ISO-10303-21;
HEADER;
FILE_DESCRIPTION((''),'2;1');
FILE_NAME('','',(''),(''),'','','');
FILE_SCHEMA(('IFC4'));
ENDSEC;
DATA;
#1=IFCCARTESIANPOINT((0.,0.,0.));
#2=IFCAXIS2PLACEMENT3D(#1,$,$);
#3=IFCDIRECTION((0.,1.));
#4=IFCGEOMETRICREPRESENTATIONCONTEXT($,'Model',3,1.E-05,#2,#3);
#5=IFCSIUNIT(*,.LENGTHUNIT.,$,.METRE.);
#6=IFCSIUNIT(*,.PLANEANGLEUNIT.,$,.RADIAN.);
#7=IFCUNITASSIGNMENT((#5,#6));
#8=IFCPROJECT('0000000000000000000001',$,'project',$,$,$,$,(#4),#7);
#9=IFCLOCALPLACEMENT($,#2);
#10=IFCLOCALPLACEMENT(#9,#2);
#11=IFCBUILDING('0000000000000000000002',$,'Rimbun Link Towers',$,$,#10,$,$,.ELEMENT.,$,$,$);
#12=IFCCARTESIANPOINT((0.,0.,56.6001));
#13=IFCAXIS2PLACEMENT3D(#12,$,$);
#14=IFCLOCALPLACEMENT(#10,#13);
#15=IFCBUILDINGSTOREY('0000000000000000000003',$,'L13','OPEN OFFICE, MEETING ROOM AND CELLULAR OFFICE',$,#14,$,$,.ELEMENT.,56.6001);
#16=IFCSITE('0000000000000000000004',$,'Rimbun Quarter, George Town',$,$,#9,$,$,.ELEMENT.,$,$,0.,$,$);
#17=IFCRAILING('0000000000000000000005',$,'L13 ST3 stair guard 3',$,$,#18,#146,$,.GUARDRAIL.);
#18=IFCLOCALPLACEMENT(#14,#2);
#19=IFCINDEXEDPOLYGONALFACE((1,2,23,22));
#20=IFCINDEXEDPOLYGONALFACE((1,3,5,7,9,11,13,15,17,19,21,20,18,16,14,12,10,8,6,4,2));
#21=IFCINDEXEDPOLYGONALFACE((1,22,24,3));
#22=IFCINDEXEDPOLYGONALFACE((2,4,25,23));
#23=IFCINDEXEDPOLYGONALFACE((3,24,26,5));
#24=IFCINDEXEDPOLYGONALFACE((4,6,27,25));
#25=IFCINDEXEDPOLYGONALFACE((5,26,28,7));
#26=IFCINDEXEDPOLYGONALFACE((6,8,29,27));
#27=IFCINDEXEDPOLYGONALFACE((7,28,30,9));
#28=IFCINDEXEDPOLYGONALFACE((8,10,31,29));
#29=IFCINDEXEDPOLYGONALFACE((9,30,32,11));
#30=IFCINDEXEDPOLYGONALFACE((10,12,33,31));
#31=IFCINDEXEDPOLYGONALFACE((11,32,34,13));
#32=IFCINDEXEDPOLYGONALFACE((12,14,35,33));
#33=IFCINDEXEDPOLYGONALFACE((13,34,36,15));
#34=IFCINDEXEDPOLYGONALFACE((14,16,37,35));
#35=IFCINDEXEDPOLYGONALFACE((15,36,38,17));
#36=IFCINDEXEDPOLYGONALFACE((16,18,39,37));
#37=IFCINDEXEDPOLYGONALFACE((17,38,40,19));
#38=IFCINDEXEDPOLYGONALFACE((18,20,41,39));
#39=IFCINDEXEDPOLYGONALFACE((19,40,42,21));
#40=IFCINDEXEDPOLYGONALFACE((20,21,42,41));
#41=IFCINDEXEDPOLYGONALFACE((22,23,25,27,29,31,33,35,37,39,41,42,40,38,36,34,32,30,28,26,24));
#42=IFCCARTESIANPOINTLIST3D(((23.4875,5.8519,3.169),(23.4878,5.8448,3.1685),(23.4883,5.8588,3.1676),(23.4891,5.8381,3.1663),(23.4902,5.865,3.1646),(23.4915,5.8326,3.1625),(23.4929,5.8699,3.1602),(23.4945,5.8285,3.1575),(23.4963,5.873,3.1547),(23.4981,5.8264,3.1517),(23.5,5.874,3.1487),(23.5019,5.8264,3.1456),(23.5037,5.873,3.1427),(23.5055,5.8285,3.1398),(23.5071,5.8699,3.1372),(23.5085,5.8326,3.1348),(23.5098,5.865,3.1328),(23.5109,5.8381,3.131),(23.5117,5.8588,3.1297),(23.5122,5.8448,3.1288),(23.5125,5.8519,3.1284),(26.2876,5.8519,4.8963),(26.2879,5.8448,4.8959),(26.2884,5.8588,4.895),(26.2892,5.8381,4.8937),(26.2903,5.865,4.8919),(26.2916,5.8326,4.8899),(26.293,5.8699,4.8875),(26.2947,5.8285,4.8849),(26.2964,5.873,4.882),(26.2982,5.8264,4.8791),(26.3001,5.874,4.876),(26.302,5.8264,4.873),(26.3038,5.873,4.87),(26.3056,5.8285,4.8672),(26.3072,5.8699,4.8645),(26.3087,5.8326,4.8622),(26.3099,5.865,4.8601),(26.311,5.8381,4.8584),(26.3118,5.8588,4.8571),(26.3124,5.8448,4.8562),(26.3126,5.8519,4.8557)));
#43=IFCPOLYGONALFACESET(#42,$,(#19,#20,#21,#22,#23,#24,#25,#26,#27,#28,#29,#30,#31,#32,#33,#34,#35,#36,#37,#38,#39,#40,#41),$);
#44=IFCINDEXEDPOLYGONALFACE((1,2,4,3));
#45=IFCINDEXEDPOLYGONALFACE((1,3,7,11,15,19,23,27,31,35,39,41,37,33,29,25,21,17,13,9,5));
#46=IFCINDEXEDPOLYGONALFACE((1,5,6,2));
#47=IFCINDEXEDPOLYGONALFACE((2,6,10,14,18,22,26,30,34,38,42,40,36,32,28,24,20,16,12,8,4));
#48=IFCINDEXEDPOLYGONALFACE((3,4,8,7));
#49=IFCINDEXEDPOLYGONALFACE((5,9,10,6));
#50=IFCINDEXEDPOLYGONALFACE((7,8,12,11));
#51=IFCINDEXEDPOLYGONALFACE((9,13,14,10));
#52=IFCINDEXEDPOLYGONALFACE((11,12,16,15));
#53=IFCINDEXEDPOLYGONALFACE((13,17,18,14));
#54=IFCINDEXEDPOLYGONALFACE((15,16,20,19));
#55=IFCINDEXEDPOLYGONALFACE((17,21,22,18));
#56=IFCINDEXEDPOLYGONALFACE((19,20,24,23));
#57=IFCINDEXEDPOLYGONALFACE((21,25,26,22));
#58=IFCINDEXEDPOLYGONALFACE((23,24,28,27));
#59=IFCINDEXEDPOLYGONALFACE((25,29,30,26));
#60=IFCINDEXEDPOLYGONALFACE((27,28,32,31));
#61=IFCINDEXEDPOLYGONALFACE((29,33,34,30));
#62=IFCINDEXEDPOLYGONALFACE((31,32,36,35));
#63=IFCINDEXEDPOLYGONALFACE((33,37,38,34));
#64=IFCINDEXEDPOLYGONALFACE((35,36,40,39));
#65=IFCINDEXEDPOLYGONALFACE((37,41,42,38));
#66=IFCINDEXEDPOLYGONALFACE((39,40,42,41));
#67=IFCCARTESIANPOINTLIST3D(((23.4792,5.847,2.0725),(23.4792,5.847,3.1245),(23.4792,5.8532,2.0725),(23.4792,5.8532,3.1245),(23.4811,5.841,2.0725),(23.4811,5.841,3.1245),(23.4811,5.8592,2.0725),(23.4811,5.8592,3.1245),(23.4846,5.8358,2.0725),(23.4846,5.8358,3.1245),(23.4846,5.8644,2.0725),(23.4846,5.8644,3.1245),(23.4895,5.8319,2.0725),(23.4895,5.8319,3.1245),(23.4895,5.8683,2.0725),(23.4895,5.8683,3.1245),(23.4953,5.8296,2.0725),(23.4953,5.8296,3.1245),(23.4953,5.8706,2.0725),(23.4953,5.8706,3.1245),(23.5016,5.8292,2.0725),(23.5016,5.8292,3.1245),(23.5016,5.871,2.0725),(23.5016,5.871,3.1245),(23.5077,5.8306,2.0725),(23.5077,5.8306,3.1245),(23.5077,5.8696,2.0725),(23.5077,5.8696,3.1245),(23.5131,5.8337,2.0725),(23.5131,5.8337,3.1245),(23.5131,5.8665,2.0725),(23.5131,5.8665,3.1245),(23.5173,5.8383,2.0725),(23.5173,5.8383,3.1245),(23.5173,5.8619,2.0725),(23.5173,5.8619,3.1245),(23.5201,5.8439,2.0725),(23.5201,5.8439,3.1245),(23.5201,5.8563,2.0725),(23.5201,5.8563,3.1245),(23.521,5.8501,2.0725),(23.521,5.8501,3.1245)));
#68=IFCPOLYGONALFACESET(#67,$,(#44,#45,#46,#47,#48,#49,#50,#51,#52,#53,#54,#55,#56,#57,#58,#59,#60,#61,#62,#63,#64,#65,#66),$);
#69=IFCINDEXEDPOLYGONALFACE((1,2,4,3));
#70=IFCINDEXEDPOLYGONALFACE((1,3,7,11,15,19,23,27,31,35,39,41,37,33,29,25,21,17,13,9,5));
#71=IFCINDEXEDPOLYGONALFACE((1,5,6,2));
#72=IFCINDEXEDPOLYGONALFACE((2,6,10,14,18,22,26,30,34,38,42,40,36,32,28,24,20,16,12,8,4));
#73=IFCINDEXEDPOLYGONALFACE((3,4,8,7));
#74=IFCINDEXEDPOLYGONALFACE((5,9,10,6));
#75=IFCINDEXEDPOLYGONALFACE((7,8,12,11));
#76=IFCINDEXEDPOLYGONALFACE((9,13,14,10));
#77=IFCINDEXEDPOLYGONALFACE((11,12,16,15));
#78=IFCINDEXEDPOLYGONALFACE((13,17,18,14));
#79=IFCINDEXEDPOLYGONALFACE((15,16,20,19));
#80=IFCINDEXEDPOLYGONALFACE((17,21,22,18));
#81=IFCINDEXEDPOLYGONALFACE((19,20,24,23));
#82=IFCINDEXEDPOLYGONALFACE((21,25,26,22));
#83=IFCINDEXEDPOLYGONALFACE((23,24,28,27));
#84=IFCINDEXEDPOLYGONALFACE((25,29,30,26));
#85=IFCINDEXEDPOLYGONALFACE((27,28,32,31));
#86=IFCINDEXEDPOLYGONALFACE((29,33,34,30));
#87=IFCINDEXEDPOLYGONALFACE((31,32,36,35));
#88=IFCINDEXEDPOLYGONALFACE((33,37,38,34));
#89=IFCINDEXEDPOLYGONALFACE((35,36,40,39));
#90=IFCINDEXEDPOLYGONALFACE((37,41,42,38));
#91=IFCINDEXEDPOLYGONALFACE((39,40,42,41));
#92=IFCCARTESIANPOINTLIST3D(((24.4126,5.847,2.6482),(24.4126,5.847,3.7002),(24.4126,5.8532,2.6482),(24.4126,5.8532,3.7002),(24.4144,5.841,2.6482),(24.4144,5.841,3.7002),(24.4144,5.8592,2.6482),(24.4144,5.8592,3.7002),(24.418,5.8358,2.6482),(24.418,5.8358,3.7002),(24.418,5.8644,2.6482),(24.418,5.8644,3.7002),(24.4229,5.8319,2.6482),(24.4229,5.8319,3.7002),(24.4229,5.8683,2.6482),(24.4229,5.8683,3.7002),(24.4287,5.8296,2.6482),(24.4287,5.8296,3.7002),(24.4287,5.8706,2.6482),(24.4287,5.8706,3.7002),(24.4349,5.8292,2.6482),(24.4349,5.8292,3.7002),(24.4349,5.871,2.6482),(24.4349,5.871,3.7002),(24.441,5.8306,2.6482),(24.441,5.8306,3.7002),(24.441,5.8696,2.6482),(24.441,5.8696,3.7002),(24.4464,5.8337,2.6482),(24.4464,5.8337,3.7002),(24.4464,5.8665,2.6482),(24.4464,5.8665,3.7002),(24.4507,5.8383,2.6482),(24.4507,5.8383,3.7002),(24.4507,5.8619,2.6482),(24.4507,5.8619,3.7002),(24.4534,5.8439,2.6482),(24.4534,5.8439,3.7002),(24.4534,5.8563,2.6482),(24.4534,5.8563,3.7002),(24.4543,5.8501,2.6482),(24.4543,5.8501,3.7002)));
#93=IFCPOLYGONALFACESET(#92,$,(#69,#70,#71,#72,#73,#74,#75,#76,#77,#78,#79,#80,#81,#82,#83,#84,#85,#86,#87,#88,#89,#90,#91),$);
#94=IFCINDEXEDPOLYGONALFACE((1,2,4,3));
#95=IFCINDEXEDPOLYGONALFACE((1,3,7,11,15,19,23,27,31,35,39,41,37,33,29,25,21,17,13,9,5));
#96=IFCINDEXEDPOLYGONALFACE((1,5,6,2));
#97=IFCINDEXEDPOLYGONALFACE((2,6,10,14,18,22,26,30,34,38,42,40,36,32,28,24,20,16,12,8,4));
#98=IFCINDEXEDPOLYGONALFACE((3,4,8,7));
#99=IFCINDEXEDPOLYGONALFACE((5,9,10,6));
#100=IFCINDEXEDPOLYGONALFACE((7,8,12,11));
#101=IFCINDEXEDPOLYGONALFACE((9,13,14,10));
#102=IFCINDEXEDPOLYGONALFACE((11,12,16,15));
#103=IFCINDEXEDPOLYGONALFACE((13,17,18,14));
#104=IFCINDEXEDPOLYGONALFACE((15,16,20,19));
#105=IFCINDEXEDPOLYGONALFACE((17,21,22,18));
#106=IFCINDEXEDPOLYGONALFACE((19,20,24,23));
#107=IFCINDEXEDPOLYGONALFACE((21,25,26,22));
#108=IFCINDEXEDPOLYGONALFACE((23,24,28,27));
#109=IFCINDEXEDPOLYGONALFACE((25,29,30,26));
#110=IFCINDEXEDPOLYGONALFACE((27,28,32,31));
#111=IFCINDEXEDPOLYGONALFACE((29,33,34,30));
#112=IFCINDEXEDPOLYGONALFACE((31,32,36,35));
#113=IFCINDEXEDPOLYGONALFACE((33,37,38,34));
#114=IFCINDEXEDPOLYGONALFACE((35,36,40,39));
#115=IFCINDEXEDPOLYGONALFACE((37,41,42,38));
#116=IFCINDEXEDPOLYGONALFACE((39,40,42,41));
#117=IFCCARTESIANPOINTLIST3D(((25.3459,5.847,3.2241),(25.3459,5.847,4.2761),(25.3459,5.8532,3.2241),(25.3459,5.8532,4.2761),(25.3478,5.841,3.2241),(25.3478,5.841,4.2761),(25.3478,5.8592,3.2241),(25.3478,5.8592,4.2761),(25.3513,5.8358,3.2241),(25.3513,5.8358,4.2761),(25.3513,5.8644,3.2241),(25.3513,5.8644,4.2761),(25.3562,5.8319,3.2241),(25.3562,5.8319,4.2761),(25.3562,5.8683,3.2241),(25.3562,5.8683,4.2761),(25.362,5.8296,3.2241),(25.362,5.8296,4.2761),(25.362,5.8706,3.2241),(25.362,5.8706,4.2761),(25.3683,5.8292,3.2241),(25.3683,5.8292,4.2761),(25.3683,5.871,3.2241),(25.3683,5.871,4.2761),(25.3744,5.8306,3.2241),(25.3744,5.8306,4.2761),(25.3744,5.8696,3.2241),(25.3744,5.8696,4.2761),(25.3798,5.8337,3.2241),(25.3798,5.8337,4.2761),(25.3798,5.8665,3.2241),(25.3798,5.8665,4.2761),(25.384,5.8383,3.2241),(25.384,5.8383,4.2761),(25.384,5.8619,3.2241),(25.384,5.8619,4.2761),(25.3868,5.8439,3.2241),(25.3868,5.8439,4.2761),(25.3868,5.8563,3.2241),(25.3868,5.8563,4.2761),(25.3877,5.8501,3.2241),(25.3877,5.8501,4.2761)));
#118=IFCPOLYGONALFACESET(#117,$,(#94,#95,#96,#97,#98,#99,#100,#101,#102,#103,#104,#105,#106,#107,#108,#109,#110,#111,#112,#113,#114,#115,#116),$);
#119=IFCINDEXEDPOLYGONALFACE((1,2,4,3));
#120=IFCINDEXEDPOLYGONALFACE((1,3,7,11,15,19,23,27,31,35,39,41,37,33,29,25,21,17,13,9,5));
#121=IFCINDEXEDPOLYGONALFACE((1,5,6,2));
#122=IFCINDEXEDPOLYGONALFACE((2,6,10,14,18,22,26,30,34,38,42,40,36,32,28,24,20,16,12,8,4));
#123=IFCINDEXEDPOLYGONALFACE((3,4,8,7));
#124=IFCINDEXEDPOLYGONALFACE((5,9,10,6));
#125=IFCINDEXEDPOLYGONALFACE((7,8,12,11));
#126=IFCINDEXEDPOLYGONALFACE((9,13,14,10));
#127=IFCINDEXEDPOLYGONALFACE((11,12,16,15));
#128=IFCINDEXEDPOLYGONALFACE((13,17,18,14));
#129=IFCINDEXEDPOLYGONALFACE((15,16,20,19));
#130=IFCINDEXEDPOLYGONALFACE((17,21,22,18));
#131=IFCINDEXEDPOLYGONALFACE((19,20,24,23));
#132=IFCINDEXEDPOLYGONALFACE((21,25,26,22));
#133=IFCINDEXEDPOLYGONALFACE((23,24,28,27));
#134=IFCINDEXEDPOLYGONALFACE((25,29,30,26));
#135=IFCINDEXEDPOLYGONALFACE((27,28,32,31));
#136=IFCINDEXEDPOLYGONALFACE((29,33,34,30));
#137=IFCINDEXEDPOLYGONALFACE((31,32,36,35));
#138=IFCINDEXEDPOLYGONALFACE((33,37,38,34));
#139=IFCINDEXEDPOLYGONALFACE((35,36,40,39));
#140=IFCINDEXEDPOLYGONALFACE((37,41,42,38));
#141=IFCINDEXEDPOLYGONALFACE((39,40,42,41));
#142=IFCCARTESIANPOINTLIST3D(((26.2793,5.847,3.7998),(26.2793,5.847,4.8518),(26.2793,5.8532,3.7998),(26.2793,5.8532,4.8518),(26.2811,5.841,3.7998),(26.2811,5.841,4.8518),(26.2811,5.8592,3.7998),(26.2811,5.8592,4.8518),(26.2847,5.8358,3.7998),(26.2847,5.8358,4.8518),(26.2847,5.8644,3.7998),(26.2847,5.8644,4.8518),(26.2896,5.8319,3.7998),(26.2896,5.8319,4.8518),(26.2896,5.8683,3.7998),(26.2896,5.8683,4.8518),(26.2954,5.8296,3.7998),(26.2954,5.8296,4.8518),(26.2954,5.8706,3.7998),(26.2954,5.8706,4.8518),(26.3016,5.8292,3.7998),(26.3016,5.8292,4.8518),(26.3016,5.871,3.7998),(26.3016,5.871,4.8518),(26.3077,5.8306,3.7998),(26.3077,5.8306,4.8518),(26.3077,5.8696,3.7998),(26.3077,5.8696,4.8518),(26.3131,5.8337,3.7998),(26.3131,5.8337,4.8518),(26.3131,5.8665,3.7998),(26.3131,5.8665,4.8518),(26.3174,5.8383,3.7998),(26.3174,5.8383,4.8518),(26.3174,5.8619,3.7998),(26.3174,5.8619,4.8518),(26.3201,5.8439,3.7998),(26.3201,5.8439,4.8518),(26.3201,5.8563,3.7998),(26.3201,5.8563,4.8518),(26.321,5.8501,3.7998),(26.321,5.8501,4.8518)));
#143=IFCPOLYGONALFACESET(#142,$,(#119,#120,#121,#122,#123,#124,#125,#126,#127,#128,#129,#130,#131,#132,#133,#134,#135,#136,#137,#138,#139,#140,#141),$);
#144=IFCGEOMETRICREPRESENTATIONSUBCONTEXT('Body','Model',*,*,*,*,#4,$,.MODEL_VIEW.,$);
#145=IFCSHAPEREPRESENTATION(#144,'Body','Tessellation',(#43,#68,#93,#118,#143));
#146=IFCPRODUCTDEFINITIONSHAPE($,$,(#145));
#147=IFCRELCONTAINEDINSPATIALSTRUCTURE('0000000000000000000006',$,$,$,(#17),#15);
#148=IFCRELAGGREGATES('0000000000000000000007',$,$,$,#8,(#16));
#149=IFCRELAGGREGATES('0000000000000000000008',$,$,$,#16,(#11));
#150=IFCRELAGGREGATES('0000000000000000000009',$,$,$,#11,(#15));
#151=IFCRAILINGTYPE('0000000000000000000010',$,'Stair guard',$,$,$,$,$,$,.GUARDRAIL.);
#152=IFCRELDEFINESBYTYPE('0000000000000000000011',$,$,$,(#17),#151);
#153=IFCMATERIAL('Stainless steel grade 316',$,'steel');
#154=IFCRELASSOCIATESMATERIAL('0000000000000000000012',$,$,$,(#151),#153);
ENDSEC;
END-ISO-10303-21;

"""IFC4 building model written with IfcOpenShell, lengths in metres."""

from ifc_helpers import new_model, si_unit, direction, frame, origin, origin_2d, place, context, subcontext, project, spatial, circle, extrude, material, type_object, element, save


model = new_model("IFC4")

# Units and contexts
model_context = context("Model", 3, precision=1e-05, world=origin(), true_north=direction((0.0, 1.0)))
body_context = subcontext(model_context, "Body", "Model", "MODEL_VIEW")
ifc_project = project(units=[si_unit("LENGTHUNIT", "METRE"), si_unit("PLANEANGLEUNIT", "RADIAN")], contexts=[model_context])

# Site, building, storey
site_placement = place(None, origin())
site = spatial("IfcSite", under=ifc_project, at=site_placement, Name="Rimbun Quarter, George Town", CompositionType="ELEMENT", RefElevation=0.0)
building_placement = place(site_placement, origin())
building = spatial("IfcBuilding", under=site, at=building_placement, Name="Rimbun Link Towers", CompositionType="ELEMENT")
storey_placement = place(building_placement, frame((0.0, 0.0, 56.6001)))
storey = spatial("IfcBuildingStorey", under=building, at=storey_placement, Name="L13", Description="OPEN OFFICE, MEETING ROOM AND CELLULAR OFFICE", CompositionType="ELEMENT", Elevation=56.6001)

# Railing
ifc_material_1 = material(Name="Stainless steel grade 316", Category="steel")
railing_type_1 = type_object("IfcRailingType", Name="Stair guard", PredefinedType="GUARDRAIL", material=ifc_material_1)
railing_1_placement = place(storey_placement, frame((23.5, 5.8501, 2.0725)))
element("IfcRailing", 1, at=railing_1_placement, inside=storey, type_object=railing_type_1, Name="L13 ST3 stair guard 3", PredefinedType="GUARDRAIL", context=body_context, shape_type="SweptSolid", body=[
    extrude(circle(Radius=0.0239, at=origin_2d()), frame((0.0, 0.0, 1.0762), z_axis=(0.85109, 0.0, 0.52502), x_axis=(0.0, 1.0, 0.0)), (0.0, 0.0, 1.0), 3.29),
    extrude(circle(Radius=0.021, at=origin_2d()), origin(), (0.0, 0.0, 1.0), 1.052),
    extrude(circle(Radius=0.021, at=origin_2d()), frame((0.9333, 0.0, 0.5757)), (0.0, 0.0, 1.0), 1.052),
    extrude(circle(Radius=0.021, at=origin_2d()), frame((1.8667, 0.0, 1.1516)), (0.0, 0.0, 1.0), 1.052),
    extrude(circle(Radius=0.021, at=origin_2d()), frame((2.8, 0.0, 1.7273)), (0.0, 0.0, 1.0), 1.052),
])

save(model, "model.ifc")
